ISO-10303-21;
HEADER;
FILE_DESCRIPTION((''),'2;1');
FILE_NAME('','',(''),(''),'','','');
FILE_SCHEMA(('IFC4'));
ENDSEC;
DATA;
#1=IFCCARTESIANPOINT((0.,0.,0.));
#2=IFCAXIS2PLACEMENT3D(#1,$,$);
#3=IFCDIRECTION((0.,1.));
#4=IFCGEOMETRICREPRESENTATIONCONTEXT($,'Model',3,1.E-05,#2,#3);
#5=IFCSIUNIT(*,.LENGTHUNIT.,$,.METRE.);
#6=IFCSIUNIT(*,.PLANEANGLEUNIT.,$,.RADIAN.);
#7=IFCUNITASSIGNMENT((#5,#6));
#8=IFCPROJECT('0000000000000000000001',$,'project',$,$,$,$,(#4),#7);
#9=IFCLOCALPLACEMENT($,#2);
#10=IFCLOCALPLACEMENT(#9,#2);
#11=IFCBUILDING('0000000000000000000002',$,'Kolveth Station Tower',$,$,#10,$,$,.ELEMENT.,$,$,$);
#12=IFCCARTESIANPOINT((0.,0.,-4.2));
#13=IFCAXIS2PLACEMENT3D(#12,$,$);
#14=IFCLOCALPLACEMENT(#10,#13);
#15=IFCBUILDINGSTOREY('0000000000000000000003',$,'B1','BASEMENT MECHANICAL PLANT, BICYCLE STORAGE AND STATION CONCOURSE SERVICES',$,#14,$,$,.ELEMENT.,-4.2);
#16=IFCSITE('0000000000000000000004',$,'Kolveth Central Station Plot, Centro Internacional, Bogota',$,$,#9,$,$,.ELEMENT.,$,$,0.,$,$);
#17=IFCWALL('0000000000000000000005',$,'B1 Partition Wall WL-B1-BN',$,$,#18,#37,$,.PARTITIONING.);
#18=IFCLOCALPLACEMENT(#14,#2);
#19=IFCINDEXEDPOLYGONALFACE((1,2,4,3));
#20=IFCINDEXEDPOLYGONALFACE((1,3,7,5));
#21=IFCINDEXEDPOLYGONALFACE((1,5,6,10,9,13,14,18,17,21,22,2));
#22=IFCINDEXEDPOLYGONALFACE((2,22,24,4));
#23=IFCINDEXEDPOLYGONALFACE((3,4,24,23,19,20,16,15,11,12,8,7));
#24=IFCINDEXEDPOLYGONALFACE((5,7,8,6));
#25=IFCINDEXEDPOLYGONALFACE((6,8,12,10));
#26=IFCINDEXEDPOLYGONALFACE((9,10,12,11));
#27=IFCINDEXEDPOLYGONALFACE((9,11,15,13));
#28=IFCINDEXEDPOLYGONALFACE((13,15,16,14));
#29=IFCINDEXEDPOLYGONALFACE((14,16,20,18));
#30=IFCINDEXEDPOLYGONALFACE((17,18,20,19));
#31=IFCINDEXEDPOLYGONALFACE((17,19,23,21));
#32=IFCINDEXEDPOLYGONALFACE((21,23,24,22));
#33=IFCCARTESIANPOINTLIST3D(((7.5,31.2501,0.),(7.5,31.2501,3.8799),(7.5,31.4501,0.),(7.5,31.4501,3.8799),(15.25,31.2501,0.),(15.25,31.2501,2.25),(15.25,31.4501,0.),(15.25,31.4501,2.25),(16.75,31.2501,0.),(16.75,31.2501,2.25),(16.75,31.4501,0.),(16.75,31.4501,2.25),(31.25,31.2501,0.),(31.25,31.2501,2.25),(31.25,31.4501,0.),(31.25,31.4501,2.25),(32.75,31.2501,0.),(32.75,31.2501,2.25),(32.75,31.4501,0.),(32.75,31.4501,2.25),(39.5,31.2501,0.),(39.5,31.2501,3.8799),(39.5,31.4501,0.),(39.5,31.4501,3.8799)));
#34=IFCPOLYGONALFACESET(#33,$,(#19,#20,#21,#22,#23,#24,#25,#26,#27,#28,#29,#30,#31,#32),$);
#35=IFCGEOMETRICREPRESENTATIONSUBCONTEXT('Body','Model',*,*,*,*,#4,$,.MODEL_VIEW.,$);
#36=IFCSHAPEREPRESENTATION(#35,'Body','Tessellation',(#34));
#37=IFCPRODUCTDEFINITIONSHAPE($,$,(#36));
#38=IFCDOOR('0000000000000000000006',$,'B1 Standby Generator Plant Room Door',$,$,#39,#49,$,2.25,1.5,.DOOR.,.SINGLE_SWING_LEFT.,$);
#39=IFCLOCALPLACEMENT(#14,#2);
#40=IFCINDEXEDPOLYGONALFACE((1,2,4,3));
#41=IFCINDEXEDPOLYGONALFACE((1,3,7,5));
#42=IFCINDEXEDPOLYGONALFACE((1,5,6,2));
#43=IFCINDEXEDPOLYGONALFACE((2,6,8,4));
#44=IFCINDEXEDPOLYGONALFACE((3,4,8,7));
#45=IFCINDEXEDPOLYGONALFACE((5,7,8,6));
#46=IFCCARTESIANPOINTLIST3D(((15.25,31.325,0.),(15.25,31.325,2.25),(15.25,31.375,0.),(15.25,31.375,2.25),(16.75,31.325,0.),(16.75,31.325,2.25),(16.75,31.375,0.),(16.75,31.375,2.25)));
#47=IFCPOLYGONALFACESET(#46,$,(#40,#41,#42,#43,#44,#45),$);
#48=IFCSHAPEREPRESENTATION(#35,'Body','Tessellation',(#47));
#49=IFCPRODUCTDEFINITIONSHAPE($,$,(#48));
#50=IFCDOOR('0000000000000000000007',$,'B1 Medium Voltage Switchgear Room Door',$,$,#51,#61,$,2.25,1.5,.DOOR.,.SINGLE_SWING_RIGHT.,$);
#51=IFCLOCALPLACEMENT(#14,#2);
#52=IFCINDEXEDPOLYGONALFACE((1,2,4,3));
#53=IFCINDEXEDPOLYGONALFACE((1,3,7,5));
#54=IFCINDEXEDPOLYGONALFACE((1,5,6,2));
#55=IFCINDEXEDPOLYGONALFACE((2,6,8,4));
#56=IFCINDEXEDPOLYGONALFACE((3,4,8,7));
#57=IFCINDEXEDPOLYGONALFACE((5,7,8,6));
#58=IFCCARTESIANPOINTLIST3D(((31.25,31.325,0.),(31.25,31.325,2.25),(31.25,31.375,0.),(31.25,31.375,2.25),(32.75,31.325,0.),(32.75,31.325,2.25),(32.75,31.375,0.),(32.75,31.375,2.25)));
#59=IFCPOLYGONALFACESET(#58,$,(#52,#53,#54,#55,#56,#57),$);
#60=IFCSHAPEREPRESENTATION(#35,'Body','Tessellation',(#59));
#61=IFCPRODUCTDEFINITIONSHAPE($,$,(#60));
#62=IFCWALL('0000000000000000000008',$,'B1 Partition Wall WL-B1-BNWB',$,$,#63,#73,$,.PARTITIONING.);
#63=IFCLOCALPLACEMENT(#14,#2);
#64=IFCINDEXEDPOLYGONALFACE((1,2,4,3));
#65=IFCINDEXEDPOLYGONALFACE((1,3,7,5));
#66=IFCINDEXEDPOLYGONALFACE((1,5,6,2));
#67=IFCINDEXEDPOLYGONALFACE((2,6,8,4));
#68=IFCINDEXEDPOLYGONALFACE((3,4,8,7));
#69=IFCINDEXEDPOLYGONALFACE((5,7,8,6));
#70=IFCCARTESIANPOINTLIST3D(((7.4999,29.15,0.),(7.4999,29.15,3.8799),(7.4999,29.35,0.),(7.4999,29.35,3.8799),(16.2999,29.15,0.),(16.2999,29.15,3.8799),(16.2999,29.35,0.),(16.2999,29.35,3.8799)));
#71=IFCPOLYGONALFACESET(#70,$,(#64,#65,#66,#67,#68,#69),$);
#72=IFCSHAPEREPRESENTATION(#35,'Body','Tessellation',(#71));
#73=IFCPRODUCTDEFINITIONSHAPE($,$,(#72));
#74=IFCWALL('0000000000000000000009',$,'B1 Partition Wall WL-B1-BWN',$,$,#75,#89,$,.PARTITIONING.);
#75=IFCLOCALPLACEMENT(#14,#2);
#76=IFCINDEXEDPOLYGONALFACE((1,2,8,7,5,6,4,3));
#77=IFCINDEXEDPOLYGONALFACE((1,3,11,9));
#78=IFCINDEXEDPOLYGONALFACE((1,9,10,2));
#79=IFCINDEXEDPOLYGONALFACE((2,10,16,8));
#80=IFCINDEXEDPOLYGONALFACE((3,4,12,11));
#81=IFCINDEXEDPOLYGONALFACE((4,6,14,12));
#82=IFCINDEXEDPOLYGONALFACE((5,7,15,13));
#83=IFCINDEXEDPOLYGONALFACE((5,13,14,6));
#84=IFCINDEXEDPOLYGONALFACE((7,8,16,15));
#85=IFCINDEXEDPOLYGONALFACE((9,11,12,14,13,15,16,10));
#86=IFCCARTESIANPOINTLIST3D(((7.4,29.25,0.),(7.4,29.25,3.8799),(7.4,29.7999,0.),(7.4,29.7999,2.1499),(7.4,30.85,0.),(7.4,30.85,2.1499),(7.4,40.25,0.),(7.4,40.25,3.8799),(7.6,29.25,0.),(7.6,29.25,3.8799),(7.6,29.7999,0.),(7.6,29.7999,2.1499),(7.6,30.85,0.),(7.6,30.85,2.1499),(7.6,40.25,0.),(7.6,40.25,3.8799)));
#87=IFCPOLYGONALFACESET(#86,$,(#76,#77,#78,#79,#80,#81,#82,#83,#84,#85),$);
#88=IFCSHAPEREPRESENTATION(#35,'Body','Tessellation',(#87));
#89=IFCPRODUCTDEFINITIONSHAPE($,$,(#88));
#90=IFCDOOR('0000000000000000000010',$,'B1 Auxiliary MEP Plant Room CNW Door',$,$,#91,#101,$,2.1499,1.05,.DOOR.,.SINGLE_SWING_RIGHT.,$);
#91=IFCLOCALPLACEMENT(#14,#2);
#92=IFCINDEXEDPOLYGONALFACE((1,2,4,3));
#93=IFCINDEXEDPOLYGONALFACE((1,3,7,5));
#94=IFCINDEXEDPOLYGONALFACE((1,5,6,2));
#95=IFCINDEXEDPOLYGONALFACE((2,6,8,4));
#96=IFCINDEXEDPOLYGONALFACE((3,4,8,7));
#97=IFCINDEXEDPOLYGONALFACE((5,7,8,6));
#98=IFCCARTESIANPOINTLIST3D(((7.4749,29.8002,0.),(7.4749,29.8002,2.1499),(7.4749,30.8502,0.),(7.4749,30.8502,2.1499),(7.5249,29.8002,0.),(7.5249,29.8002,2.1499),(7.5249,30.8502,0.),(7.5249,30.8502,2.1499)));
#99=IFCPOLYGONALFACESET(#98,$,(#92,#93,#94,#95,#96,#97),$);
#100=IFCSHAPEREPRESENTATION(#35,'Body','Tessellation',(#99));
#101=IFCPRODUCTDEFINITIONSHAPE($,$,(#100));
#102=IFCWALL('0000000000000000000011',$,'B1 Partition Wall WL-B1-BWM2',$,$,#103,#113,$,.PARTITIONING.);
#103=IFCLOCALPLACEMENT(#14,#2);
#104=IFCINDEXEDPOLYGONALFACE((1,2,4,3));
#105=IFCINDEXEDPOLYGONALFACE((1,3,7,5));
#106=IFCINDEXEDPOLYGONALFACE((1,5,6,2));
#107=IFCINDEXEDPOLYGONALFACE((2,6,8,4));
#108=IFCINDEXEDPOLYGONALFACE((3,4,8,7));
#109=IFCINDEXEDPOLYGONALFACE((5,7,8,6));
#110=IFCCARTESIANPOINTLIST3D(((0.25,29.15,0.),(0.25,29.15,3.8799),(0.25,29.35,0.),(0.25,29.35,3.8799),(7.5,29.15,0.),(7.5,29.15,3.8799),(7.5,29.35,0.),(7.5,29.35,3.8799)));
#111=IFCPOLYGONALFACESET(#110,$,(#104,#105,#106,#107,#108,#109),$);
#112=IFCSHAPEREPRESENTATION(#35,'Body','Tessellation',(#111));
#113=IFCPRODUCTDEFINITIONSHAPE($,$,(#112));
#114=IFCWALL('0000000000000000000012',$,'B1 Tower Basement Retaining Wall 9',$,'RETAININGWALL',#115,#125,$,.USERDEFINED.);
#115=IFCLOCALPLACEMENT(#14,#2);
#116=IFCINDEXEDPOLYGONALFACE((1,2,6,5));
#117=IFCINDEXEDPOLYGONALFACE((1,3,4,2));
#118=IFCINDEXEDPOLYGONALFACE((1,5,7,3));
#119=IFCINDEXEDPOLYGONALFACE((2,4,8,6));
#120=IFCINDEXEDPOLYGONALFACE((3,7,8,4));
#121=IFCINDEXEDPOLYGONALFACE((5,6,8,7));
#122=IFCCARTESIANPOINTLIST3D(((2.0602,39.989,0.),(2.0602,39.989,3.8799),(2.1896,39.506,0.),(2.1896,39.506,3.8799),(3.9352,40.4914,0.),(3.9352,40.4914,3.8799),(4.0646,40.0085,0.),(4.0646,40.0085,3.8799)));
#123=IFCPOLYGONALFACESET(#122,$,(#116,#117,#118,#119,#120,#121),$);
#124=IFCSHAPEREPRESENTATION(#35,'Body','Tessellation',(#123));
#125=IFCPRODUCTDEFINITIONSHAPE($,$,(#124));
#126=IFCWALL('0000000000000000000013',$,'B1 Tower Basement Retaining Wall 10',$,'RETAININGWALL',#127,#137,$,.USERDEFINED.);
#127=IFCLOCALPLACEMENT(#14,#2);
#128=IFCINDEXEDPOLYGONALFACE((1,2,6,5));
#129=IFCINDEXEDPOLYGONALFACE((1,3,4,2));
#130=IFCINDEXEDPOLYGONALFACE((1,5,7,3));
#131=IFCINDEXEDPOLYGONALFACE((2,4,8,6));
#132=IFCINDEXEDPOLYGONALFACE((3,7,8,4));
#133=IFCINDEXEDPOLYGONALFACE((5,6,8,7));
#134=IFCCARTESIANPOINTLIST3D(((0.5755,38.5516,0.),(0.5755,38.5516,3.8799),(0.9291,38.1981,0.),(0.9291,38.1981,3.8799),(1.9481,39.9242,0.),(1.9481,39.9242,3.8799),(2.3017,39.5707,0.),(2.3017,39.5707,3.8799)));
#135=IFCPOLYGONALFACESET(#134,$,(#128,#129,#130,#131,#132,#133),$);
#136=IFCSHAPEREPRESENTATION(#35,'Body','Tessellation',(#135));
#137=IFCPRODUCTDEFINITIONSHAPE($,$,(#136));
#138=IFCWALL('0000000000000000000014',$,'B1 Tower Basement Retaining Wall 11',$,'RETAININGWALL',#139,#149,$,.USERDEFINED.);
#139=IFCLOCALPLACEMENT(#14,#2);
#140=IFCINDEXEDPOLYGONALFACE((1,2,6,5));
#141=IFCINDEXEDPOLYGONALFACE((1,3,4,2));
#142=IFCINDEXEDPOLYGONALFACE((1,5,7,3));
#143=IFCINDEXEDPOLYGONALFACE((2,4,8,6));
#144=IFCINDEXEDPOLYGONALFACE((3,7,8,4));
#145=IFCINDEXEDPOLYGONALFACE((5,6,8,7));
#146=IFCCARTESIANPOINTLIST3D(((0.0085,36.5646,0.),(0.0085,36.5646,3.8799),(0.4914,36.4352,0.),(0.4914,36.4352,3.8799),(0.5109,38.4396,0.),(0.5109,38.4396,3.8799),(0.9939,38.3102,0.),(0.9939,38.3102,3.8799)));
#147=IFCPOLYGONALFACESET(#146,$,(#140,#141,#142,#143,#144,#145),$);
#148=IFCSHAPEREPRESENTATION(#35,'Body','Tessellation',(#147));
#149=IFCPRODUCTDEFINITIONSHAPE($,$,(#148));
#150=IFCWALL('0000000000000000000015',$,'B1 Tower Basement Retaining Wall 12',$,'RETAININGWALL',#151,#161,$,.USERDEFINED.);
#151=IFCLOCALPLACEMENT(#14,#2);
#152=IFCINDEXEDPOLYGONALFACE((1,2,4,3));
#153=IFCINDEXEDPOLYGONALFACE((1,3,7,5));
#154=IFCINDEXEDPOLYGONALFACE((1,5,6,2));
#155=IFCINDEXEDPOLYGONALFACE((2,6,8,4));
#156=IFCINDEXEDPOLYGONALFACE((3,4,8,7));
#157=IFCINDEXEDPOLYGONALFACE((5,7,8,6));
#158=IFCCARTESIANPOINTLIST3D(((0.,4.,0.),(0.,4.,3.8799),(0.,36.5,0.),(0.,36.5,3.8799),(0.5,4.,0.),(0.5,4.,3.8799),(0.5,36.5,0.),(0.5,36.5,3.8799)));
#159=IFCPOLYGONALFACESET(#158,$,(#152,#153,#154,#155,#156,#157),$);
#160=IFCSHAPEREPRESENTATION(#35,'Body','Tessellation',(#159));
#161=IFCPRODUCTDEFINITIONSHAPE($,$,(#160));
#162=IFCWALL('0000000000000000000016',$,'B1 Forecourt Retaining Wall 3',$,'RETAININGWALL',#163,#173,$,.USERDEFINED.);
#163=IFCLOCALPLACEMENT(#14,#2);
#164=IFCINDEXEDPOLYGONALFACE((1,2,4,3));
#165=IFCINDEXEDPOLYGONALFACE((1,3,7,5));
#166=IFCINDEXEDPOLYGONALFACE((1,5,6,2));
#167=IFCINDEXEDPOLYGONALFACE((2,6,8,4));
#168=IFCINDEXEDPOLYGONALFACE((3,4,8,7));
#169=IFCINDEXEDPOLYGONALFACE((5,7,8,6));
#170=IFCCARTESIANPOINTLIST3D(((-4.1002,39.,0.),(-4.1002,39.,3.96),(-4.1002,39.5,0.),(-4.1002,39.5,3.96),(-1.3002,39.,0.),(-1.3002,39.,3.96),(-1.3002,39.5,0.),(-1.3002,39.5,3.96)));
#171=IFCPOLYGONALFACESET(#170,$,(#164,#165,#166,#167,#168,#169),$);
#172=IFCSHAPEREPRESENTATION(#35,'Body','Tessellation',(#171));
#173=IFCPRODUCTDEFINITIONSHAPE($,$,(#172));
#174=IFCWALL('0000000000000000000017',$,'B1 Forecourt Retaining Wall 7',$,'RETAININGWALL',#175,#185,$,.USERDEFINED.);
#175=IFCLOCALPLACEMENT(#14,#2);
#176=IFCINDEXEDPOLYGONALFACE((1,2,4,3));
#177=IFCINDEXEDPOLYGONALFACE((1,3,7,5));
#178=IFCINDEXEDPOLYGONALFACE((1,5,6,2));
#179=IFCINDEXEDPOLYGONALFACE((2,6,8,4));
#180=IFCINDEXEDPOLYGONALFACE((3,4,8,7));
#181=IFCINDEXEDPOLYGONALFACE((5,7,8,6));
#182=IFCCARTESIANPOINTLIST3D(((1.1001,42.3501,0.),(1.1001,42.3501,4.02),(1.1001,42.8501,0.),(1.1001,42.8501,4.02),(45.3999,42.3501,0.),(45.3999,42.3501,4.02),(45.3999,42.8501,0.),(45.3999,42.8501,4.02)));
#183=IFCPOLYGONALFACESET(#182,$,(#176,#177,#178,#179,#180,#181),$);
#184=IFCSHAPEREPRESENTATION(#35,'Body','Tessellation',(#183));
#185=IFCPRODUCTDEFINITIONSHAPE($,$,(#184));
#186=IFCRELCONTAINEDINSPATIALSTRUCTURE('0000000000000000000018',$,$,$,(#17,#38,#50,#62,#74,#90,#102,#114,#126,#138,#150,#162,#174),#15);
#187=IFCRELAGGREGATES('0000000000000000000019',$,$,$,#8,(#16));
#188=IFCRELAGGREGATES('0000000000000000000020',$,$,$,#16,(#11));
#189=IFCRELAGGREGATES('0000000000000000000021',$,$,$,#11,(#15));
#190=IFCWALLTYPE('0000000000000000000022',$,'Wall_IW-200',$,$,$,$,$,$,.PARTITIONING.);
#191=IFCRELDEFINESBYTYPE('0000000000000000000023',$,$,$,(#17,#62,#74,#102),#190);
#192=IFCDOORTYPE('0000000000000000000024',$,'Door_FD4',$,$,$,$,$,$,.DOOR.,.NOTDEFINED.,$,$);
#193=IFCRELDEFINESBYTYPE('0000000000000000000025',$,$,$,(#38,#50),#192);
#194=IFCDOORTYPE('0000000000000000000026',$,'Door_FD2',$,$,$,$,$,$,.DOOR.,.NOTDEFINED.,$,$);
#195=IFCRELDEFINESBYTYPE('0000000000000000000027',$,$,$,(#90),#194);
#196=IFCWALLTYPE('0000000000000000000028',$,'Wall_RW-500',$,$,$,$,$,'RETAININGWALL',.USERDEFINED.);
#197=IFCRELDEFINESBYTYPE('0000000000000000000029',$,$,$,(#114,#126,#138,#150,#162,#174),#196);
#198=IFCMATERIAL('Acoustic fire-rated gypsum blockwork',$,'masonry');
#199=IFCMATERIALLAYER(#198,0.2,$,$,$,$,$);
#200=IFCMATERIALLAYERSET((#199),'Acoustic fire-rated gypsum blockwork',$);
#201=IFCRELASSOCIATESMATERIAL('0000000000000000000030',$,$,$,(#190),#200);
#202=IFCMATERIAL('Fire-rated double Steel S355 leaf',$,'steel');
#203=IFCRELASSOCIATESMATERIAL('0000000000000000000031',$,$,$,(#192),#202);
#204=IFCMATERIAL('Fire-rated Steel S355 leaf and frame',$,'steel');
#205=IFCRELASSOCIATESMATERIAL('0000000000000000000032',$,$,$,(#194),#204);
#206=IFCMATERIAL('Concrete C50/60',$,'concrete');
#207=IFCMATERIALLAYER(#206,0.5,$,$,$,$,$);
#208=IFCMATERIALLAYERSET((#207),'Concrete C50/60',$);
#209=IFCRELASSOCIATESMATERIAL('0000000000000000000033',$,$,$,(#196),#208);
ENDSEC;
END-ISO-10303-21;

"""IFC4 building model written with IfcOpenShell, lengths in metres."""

from ifc_helpers import new_model, si_unit, direction, frame, frame_2d, origin, place, context, subcontext, project, spatial, rectangle, extrude, material, layer, layer_set, type_object, element, fill, save


model = new_model("IFC4")

# Units and contexts
model_context = context("Model", 3, precision=1e-05, world=origin(), true_north=direction((0.0, 1.0)))
body_context = subcontext(model_context, "Body", "Model", "MODEL_VIEW")
ifc_project = project(units=[si_unit("LENGTHUNIT", "METRE"), si_unit("PLANEANGLEUNIT", "RADIAN")], contexts=[model_context])

# Site, building, storey
site_placement = place(None, origin())
site = spatial("IfcSite", under=ifc_project, at=site_placement, Name="Kolveth Central Station Plot, Centro Internacional, Bogota", CompositionType="ELEMENT", RefElevation=0.0)
building_placement = place(site_placement, origin())
building = spatial("IfcBuilding", under=site, at=building_placement, Name="Kolveth Station Tower", CompositionType="ELEMENT")
storey_placement = place(building_placement, frame((0.0, 0.0, -4.2)))
storey = spatial("IfcBuildingStorey", under=building, at=storey_placement, Name="B1", Description="BASEMENT MECHANICAL PLANT, BICYCLE STORAGE AND STATION CONCOURSE SERVICES", CompositionType="ELEMENT", Elevation=-4.2)

# Wall, openings, doors
ifc_material_1 = material(Name="Acoustic fire-rated gypsum blockwork", Category="masonry")
ifc_layer_1 = layer(ifc_material_1, 0.2)
ifc_layer_set_1 = layer_set([ifc_layer_1], Name="Acoustic fire-rated gypsum blockwork")
wall_type_1 = type_object("IfcWallType", Name="Wall_IW-200", PredefinedType="PARTITIONING", material=ifc_layer_set_1)
wall_1_placement = place(storey_placement, frame((7.5, 31.3501, 0.0), z_axis=(0.0, 0.0, 1.0), x_axis=(1.0, 0.0, 0.0)))
wall_1 = element("IfcWall", 1, at=wall_1_placement, inside=storey, type_object=wall_type_1, Name="B1 Partition Wall WL-B1-BN", PredefinedType="PARTITIONING", context=body_context, shape_type="SweptSolid", body=[
    extrude(rectangle(XDim=32.0, YDim=0.2, at=frame_2d((16.0, 0.0))), origin(), (0.0, 0.0, 1.0), 3.8799),
])
opening_1_placement = place(wall_1_placement, frame((7.75, 0.0, 0.0)))
opening_1 = element("IfcOpeningElement", 2, at=opening_1_placement, cuts=wall_1, PredefinedType="OPENING", context=body_context, shape_type="SweptSolid", body=[
    extrude(rectangle(XDim=1.5, YDim=2.25, at=frame_2d((0.75, 1.125))), frame((0.0, 0.1099, 0.0), z_axis=(0.0, -1.0, 0.0), x_axis=(1.0, 0.0, 0.0)), (0.0, 0.0, 1.0), 0.22),
])
opening_2_placement = place(wall_1_placement, frame((23.75, 0.0, 0.0)))
opening_2 = element("IfcOpeningElement", 3, at=opening_2_placement, cuts=wall_1, PredefinedType="OPENING", context=body_context, shape_type="SweptSolid", body=[
    extrude(rectangle(XDim=1.5, YDim=2.25, at=frame_2d((0.75, 1.125))), frame((0.0, 0.1099, 0.0), z_axis=(0.0, -1.0, 0.0), x_axis=(1.0, 0.0, 0.0)), (0.0, 0.0, 1.0), 0.22),
])
ifc_material_2 = material(Name="Fire-rated double Steel S355 leaf", Category="steel")
door_type_1 = type_object("IfcDoorType", Name="Door_FD4", OperationType="NOTDEFINED", PredefinedType="DOOR", material=ifc_material_2)
door_1_placement = place(opening_1_placement, origin())
door_1 = element("IfcDoor", 4, at=door_1_placement, inside=storey, type_object=door_type_1, Name="B1 Standby Generator Plant Room Door", OperationType="SINGLE_SWING_LEFT", OverallHeight=2.25, OverallWidth=1.5, PredefinedType="DOOR", context=body_context, shape_type="SweptSolid", body=[
    extrude(rectangle(XDim=1.5, YDim=2.25, at=frame_2d((0.75, 1.125))), frame((0.0, 0.0249, 0.0), z_axis=(0.0, -1.0, 0.0), x_axis=(1.0, 0.0, 0.0)), (0.0, 0.0, 1.0), 0.05),
])
fill(opening_1, door_1)
door_2_placement = place(opening_2_placement, origin())
door_2 = element("IfcDoor", 5, at=door_2_placement, inside=storey, type_object=door_type_1, Name="B1 Medium Voltage Switchgear Room Door", OperationType="SINGLE_SWING_RIGHT", OverallHeight=2.25, OverallWidth=1.5, PredefinedType="DOOR", context=body_context, shape_type="SweptSolid", body=[
    extrude(rectangle(XDim=1.5, YDim=2.25, at=frame_2d((0.75, 1.125))), frame((0.0, 0.0249, 0.0), z_axis=(0.0, -1.0, 0.0), x_axis=(1.0, 0.0, 0.0)), (0.0, 0.0, 1.0), 0.05),
])
fill(opening_2, door_2)

# Wall
wall_2_placement = place(storey_placement, frame((7.5, 29.25, 0.0), z_axis=(0.0, 0.0, 1.0), x_axis=(1.0, 0.0, 0.0)))
element("IfcWall", 6, at=wall_2_placement, inside=storey, type_object=wall_type_1, Name="B1 Partition Wall WL-B1-BNWB", PredefinedType="PARTITIONING", context=body_context, shape_type="SweptSolid", body=[
    extrude(rectangle(XDim=8.8, YDim=0.2, at=frame_2d((4.3999, 0.0))), origin(), (0.0, 0.0, 1.0), 3.8799),
])

# Wall, opening, door
wall_3_placement = place(storey_placement, frame((7.5, 29.25, 0.0), z_axis=(0.0, 0.0, 1.0), x_axis=(0.0, 1.0, 0.0)))
wall_3 = element("IfcWall", 7, at=wall_3_placement, inside=storey, type_object=wall_type_1, Name="B1 Partition Wall WL-B1-BWN", PredefinedType="PARTITIONING", context=body_context, shape_type="SweptSolid", body=[
    extrude(rectangle(XDim=11.0, YDim=0.2, at=frame_2d((5.5, 0.0))), origin(), (0.0, 0.0, 1.0), 3.8799),
])
opening_3_placement = place(wall_3_placement, frame((0.55, 0.0, 0.0)))
opening_3 = element("IfcOpeningElement", 8, at=opening_3_placement, cuts=wall_3, PredefinedType="OPENING", context=body_context, shape_type="SweptSolid", body=[
    extrude(rectangle(XDim=1.05, YDim=2.1499, at=frame_2d((0.5249, 1.075))), frame((0.0, 0.1099, 0.0), z_axis=(0.0, -1.0, 0.0), x_axis=(1.0, 0.0, 0.0)), (0.0, 0.0, 1.0), 0.22),
])
ifc_material_3 = material(Name="Fire-rated Steel S355 leaf and frame", Category="steel")
door_type_2 = type_object("IfcDoorType", Name="Door_FD2", OperationType="NOTDEFINED", PredefinedType="DOOR", material=ifc_material_3)
door_3_placement = place(opening_3_placement, frame((1.05, 0.0, 0.0), z_axis=(0.0, 0.0, 1.0), x_axis=(-1.0, 0.0, 0.0)))
door_3 = element("IfcDoor", 9, at=door_3_placement, inside=storey, type_object=door_type_2, Name="B1 Auxiliary MEP Plant Room CNW Door", OperationType="SINGLE_SWING_RIGHT", OverallHeight=2.1499, OverallWidth=1.05, PredefinedType="DOOR", context=body_context, shape_type="SweptSolid", body=[
    extrude(rectangle(XDim=1.05, YDim=2.1499, at=frame_2d((0.5249, 1.075))), frame((0.0, 0.0249, 0.0), z_axis=(0.0, -1.0, 0.0), x_axis=(1.0, 0.0, 0.0)), (0.0, 0.0, 1.0), 0.05),
])
fill(opening_3, door_3)

# Walls
wall_4_placement = place(storey_placement, frame((0.25, 29.25, 0.0), z_axis=(0.0, 0.0, 1.0), x_axis=(1.0, 0.0, 0.0)))
element("IfcWall", 10, at=wall_4_placement, inside=storey, type_object=wall_type_1, Name="B1 Partition Wall WL-B1-BWM2", PredefinedType="PARTITIONING", context=body_context, shape_type="SweptSolid", body=[
    extrude(rectangle(XDim=7.25, YDim=0.2, at=frame_2d((3.625, 0.0))), origin(), (0.0, 0.0, 1.0), 3.8799),
])
ifc_material_4 = material(Name="Concrete C50/60", Category="concrete")
ifc_layer_2 = layer(ifc_material_4, 0.5)
ifc_layer_set_2 = layer_set([ifc_layer_2], Name="Concrete C50/60")
wall_type_2 = type_object("IfcWallType", Name="Wall_RW-500", ElementType="RETAININGWALL", PredefinedType="USERDEFINED", material=ifc_layer_set_2)
for number, where, z_axis, x_axis, name in (
    (11, (4.0, 40.25, 0.0), (0.0, 0.0, 1.0), (-0.965921, -0.258837, 0.0), "B1 Tower Basement Retaining Wall 9"),
    (12, (2.125, 39.7476, 0.0), (0.0, 0.0, 1.0), (-0.707107, -0.707107, 0.0), "B1 Tower Basement Retaining Wall 10"),
    (13, (0.7524, 38.375, 0.0), (0.0, 0.0, 1.0), (-0.258837, -0.965921, 0.0), "B1 Tower Basement Retaining Wall 11"),
):
    element("IfcWall", number, at=place(storey_placement, frame(where, z_axis=z_axis, x_axis=x_axis)), inside=storey, type_object=wall_type_2, Name=name, ObjectType="RETAININGWALL", PredefinedType="USERDEFINED", context=body_context, shape_type="SweptSolid", body=[
        extrude(rectangle(XDim=1.9412, YDim=0.5, at=frame_2d((0.9707, 0.0))), origin(), (0.0, 0.0, 1.0), 3.8799),
    ])
wall_5_placement = place(storey_placement, frame((0.25, 36.5, 0.0), z_axis=(0.0, 0.0, 1.0), x_axis=(0.0, -1.0, 0.0)))
element("IfcWall", 14, at=wall_5_placement, inside=storey, type_object=wall_type_2, Name="B1 Tower Basement Retaining Wall 12", ObjectType="RETAININGWALL", PredefinedType="USERDEFINED", context=body_context, shape_type="SweptSolid", body=[
    extrude(rectangle(XDim=32.5, YDim=0.5, at=frame_2d((16.25, 0.0))), origin(), (0.0, 0.0, 1.0), 3.8799),
])
wall_6_placement = place(storey_placement, frame((-4.1001, 39.25, 0.0), z_axis=(0.0, 0.0, 1.0), x_axis=(1.0, 0.0, 0.0)))
element("IfcWall", 15, at=wall_6_placement, inside=storey, type_object=wall_type_2, Name="B1 Forecourt Retaining Wall 3", ObjectType="RETAININGWALL", PredefinedType="USERDEFINED", context=body_context, shape_type="SweptSolid", body=[
    extrude(rectangle(XDim=2.8, YDim=0.5, at=frame_2d((1.3999, 0.0))), origin(), (0.0, 0.0, 1.0), 3.96),
])
wall_7_placement = place(storey_placement, frame((1.1001, 42.6001, 0.0), z_axis=(0.0, 0.0, 1.0), x_axis=(1.0, 0.0, 0.0)))
element("IfcWall", 16, at=wall_7_placement, inside=storey, type_object=wall_type_2, Name="B1 Forecourt Retaining Wall 7", ObjectType="RETAININGWALL", PredefinedType="USERDEFINED", context=body_context, shape_type="SweptSolid", body=[
    extrude(rectangle(XDim=44.2998, YDim=0.5, at=frame_2d((22.1499, 0.0))), origin(), (0.0, 0.0, 1.0), 4.02),
])

save(model, "model.ifc")
